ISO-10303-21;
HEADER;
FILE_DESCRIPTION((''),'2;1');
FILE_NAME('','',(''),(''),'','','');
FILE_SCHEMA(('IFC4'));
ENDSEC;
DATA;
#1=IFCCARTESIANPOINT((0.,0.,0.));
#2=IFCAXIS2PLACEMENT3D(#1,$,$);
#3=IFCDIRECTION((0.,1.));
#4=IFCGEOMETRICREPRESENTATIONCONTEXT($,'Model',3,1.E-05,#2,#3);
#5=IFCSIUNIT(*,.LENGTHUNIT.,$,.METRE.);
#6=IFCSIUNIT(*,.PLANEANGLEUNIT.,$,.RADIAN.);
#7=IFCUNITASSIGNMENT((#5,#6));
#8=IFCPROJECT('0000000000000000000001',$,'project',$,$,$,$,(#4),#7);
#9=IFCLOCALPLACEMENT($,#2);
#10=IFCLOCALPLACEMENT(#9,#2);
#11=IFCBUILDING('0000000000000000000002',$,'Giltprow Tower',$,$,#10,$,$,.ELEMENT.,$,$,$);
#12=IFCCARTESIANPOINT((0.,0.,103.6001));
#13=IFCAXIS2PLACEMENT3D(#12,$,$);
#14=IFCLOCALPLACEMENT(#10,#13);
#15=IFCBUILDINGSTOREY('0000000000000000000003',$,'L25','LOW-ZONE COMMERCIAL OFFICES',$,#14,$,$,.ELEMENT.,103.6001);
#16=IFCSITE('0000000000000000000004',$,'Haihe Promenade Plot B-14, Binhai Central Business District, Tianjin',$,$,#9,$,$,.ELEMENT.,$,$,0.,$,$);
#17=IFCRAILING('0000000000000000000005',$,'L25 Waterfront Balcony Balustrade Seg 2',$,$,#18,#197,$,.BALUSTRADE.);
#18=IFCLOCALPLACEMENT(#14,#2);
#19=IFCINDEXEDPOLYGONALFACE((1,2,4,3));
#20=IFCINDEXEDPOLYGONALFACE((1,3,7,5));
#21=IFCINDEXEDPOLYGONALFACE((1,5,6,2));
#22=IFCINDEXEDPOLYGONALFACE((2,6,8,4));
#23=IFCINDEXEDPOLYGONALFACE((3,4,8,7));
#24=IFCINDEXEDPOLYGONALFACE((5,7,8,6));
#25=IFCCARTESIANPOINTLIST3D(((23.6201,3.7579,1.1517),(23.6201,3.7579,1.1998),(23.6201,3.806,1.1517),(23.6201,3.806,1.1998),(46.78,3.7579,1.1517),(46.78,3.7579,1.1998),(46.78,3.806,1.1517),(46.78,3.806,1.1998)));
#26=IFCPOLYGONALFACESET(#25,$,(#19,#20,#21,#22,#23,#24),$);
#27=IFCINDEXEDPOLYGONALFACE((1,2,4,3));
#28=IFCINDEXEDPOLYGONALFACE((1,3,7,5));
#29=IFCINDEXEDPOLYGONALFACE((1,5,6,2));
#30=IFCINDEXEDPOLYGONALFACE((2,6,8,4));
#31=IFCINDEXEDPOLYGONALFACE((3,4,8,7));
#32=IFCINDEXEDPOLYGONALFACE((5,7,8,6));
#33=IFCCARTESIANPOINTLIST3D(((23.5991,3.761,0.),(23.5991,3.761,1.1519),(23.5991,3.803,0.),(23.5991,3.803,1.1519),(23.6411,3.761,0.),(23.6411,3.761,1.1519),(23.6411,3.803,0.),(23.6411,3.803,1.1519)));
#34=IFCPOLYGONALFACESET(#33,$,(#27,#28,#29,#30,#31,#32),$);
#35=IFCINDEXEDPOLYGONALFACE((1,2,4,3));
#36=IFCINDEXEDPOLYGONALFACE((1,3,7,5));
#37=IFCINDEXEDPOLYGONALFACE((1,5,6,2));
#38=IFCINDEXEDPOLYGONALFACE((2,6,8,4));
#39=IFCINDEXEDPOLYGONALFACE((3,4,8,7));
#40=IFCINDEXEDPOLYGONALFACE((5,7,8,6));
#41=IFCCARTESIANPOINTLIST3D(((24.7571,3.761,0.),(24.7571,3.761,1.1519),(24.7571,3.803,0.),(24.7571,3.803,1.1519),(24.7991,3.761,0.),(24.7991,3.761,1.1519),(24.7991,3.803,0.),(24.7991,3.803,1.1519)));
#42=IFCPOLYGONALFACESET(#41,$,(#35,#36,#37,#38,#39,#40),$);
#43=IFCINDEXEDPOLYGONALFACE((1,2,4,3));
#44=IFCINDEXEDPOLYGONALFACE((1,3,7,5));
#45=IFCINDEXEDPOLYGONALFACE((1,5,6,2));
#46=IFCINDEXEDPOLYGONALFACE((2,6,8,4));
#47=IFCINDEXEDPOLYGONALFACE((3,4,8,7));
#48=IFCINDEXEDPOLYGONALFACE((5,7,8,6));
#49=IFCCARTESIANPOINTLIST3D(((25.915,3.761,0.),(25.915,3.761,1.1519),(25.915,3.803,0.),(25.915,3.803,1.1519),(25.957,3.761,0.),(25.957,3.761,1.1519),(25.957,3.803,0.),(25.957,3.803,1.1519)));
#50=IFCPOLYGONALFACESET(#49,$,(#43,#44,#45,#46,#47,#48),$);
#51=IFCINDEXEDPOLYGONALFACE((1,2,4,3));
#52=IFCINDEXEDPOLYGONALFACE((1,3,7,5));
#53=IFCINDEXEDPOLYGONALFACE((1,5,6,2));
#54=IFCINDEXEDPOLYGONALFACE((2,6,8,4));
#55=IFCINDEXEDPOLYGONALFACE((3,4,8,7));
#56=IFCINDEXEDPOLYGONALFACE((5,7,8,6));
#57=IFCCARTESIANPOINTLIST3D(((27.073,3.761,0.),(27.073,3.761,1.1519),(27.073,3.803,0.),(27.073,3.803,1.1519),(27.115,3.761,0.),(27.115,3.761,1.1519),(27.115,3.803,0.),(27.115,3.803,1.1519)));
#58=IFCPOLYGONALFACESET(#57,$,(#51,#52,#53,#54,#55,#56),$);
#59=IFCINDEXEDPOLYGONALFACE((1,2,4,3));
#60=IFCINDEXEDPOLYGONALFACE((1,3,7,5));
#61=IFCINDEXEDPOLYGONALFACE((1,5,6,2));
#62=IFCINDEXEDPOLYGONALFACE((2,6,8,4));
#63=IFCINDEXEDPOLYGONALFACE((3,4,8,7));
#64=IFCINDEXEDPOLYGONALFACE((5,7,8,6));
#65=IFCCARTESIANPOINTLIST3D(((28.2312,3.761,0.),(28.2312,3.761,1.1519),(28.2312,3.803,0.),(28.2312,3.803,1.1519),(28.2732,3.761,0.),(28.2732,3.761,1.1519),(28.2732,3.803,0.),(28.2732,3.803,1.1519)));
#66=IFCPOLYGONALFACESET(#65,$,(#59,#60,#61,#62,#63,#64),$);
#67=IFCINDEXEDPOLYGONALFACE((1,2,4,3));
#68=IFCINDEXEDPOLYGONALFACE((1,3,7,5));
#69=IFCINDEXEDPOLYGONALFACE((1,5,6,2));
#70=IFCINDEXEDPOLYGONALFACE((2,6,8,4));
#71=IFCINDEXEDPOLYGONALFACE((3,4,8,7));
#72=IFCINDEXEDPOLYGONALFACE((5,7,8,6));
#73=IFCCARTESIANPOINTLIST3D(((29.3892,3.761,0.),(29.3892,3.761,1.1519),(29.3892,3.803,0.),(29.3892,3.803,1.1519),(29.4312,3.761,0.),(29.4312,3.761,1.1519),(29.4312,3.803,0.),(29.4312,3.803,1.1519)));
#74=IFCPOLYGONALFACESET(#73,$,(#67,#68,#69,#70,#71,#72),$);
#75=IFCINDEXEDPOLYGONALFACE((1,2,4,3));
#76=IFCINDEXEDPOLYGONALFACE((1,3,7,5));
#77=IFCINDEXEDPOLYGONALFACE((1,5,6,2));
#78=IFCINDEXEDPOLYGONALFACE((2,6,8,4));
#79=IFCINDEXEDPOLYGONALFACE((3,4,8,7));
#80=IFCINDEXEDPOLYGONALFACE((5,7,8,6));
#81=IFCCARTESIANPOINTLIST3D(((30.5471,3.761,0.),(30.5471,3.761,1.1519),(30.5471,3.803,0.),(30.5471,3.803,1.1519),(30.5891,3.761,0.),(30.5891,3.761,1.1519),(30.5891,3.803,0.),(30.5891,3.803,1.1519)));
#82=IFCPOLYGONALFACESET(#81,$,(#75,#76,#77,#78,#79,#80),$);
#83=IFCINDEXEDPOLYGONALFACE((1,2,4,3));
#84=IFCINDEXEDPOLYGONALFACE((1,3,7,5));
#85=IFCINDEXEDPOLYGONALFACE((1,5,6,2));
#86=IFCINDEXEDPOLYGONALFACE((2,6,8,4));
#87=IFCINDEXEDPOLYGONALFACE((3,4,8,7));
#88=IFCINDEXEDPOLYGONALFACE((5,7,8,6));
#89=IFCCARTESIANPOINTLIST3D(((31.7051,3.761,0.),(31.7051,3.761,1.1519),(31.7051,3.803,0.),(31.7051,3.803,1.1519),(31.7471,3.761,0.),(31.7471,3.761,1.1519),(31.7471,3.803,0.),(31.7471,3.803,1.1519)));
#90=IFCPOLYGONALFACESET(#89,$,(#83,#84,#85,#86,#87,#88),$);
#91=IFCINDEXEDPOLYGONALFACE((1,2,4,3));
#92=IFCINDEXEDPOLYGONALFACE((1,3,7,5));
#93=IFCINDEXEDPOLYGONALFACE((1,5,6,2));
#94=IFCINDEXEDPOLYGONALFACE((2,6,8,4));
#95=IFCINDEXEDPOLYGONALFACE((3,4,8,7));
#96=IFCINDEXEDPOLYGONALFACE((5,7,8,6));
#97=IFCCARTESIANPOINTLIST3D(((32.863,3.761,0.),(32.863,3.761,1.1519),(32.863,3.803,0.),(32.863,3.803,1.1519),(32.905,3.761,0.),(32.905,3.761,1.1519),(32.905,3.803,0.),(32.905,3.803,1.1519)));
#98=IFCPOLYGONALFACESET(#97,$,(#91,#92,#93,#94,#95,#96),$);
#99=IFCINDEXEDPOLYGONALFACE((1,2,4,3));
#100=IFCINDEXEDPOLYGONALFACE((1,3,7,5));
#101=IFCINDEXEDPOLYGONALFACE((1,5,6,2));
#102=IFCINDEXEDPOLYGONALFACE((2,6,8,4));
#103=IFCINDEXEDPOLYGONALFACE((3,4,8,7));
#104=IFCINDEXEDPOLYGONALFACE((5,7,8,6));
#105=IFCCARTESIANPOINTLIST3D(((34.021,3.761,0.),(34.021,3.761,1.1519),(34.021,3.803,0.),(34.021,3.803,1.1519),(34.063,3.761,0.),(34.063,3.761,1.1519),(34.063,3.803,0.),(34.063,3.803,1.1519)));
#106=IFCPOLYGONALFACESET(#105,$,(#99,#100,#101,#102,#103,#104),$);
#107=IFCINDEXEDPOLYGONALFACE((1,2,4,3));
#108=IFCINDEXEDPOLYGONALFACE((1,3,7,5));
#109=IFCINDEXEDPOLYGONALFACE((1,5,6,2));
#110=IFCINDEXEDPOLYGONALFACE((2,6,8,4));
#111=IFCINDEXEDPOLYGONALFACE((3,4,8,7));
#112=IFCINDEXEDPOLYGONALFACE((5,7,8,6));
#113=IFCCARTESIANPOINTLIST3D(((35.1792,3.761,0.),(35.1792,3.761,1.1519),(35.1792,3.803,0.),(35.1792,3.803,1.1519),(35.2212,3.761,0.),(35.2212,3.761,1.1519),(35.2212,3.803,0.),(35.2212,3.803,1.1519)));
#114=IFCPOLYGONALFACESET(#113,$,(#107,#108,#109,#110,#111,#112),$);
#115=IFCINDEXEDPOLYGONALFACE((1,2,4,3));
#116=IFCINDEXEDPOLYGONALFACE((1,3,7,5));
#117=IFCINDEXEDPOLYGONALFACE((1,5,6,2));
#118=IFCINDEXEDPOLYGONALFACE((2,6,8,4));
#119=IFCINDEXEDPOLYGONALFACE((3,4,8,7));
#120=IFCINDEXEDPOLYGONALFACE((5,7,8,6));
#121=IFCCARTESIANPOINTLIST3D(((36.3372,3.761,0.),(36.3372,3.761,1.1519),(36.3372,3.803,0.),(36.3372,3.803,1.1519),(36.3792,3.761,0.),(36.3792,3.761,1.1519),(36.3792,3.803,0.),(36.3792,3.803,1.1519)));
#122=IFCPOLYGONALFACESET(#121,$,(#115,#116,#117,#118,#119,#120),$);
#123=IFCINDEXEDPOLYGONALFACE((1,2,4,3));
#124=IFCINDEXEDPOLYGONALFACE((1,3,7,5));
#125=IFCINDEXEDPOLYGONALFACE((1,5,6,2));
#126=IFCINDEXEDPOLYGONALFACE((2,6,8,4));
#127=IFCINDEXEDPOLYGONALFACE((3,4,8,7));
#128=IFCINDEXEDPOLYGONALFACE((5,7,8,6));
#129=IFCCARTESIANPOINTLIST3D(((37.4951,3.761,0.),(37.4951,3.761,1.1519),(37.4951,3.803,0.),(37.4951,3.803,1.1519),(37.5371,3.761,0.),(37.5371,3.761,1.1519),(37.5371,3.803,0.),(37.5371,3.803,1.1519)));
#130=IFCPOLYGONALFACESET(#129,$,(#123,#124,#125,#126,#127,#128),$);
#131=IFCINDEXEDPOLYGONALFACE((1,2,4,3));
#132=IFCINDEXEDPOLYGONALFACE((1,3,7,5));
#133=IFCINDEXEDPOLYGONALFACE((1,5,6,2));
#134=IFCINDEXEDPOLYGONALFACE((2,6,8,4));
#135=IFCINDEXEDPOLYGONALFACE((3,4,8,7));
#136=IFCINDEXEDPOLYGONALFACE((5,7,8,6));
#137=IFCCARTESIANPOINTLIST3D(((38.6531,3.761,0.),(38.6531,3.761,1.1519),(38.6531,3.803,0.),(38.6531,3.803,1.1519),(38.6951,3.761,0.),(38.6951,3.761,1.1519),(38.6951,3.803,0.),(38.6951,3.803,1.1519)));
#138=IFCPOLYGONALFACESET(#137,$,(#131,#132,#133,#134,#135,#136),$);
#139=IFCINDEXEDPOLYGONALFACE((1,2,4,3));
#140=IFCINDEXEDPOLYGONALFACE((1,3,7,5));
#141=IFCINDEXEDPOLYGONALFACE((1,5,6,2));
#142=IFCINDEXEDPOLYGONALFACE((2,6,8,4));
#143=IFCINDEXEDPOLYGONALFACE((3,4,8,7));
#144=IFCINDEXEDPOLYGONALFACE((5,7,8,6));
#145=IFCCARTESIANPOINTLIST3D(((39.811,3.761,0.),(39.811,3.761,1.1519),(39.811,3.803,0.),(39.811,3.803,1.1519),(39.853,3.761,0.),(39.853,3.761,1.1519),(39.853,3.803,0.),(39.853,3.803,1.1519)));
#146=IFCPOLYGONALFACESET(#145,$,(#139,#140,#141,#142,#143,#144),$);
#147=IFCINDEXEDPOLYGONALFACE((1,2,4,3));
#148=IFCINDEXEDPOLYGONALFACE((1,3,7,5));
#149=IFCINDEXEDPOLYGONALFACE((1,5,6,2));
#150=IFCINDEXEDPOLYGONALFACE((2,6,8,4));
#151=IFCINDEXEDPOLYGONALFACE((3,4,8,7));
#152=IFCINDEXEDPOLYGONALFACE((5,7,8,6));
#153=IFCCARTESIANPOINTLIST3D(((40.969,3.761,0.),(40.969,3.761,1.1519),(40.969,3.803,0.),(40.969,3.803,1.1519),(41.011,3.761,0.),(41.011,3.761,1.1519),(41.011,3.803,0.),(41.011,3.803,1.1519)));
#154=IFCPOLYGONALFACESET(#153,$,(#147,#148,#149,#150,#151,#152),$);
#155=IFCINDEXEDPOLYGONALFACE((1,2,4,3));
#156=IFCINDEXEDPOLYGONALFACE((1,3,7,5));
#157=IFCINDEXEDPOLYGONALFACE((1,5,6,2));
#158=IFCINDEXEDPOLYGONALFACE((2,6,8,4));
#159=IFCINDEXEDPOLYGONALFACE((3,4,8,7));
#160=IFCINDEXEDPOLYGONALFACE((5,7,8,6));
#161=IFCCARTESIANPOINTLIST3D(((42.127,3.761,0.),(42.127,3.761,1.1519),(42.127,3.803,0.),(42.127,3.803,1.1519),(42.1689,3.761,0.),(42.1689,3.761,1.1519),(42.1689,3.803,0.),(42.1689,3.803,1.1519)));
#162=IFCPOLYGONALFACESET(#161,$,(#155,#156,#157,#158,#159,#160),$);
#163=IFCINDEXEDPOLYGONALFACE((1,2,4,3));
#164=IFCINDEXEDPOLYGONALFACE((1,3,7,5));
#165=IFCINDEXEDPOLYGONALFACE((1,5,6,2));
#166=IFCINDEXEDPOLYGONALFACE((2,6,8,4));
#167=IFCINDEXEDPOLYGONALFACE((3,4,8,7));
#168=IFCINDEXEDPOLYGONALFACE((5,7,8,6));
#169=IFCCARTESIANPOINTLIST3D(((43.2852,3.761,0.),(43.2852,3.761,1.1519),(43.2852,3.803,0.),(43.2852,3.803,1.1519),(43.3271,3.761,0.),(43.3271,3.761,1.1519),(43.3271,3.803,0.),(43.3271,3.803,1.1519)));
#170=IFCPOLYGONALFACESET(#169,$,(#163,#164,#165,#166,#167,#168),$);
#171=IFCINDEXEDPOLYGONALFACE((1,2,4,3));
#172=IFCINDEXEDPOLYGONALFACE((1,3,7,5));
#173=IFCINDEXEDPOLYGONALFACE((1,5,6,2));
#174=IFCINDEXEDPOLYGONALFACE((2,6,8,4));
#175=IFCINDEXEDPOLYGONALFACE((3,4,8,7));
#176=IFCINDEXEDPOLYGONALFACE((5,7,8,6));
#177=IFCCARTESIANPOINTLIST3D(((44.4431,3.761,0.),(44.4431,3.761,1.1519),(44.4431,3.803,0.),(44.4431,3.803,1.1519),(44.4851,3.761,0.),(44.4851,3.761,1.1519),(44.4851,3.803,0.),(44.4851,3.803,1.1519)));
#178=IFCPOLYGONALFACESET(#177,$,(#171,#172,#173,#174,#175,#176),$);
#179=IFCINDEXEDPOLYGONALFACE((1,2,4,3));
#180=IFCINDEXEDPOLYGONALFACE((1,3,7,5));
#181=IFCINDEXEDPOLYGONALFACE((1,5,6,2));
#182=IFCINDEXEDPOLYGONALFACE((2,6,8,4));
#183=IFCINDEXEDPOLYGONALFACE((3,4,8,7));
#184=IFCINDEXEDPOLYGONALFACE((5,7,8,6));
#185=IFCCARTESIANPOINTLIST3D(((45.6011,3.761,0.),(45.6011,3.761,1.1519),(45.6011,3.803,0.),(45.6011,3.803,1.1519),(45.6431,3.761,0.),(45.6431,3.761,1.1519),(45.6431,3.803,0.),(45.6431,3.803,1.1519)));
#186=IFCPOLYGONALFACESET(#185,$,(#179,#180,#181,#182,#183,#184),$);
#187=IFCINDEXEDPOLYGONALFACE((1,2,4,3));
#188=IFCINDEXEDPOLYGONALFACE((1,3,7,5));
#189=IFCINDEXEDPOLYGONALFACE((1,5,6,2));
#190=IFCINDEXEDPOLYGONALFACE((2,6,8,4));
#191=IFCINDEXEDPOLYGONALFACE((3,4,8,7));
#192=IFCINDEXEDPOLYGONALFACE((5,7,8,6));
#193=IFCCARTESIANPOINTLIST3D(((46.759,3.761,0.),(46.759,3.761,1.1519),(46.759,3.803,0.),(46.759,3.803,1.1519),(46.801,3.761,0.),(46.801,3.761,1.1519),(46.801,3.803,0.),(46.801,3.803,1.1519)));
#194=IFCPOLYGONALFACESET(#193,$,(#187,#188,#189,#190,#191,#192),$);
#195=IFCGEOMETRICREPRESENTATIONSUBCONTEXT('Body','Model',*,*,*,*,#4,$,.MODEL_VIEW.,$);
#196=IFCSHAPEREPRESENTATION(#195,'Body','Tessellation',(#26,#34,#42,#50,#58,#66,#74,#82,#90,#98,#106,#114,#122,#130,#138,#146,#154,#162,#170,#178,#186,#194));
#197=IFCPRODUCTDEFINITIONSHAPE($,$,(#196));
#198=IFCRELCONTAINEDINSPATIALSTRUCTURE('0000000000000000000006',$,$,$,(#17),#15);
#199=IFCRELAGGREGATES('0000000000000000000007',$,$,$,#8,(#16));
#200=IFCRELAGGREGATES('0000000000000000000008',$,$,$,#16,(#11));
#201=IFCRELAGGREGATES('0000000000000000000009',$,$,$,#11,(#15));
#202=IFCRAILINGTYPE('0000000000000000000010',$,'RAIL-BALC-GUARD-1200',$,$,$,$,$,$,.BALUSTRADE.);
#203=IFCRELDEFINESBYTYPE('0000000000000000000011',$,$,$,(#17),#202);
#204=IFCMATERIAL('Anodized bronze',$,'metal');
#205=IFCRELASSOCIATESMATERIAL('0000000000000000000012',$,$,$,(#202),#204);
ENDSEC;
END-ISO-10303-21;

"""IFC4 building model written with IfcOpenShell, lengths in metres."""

from ifc_helpers import new_model, si_unit, direction, frame, origin, origin_2d, place, context, subcontext, project, spatial, rectangle, extrude, material, type_object, element, save


model = new_model("IFC4")

# Units and contexts
model_context = context("Model", 3, precision=1e-05, world=origin(), true_north=direction((0.0, 1.0)))
body_context = subcontext(model_context, "Body", "Model", "MODEL_VIEW")
ifc_project = project(units=[si_unit("LENGTHUNIT", "METRE"), si_unit("PLANEANGLEUNIT", "RADIAN")], contexts=[model_context])

# Site, building, storey
site_placement = place(None, origin())
site = spatial("IfcSite", under=ifc_project, at=site_placement, Name="Haihe Promenade Plot B-14, Binhai Central Business District, Tianjin", CompositionType="ELEMENT", RefElevation=0.0)
building_placement = place(site_placement, origin())
building = spatial("IfcBuilding", under=site, at=building_placement, Name="Giltprow Tower", CompositionType="ELEMENT")
storey_placement = place(building_placement, frame((0.0, 0.0, 103.6001)))
storey = spatial("IfcBuildingStorey", under=building, at=storey_placement, Name="L25", Description="LOW-ZONE COMMERCIAL OFFICES", CompositionType="ELEMENT", Elevation=103.6001)

# Railing
ifc_material_1 = material(Name="Anodized bronze", Category="metal")
railing_type = type_object("IfcRailingType", Name="RAIL-BALC-GUARD-1200", PredefinedType="BALUSTRADE", material=ifc_material_1)
railing_1_placement = place(storey_placement, frame((23.6201, 3.782, 0.0)))
element("IfcRailing", 1, at=railing_1_placement, inside=storey, type_object=railing_type, Name="L25 Waterfront Balcony Balustrade Seg 2", PredefinedType="BALUSTRADE", context=body_context, shape_type="SweptSolid", body=[
    extrude(rectangle(XDim=0.0481, YDim=0.0481, at=origin_2d()), frame((0.0, 0.0, 1.1758), z_axis=(1.0, 0.0, 0.0), x_axis=(0.0, 1.0, 0.0)), (0.0, 0.0, 1.0), 23.1599),
    extrude(rectangle(XDim=0.042, YDim=0.042, at=origin_2d()), origin(), (0.0, 0.0, 1.0), 1.1519),
    extrude(rectangle(XDim=0.042, YDim=0.042, at=origin_2d()), frame((1.158, 0.0, 0.0)), (0.0, 0.0, 1.0), 1.1519),
    extrude(rectangle(XDim=0.042, YDim=0.042, at=origin_2d()), frame((2.3159, 0.0, 0.0)), (0.0, 0.0, 1.0), 1.1519),
    extrude(rectangle(XDim=0.042, YDim=0.042, at=origin_2d()), frame((3.4739, 0.0, 0.0)), (0.0, 0.0, 1.0), 1.1519),
    extrude(rectangle(XDim=0.042, YDim=0.042, at=origin_2d()), frame((4.6321, 0.0, 0.0)), (0.0, 0.0, 1.0), 1.1519),
    extrude(rectangle(XDim=0.042, YDim=0.042, at=origin_2d()), frame((5.79, 0.0, 0.0)), (0.0, 0.0, 1.0), 1.1519),
    extrude(rectangle(XDim=0.042, YDim=0.042, at=origin_2d()), frame((6.948, 0.0, 0.0)), (0.0, 0.0, 1.0), 1.1519),
    extrude(rectangle(XDim=0.042, YDim=0.042, at=origin_2d()), frame((8.106, 0.0, 0.0)), (0.0, 0.0, 1.0), 1.1519),
    extrude(rectangle(XDim=0.042, YDim=0.042, at=origin_2d()), frame((9.2639, 0.0, 0.0)), (0.0, 0.0, 1.0), 1.1519),
    extrude(rectangle(XDim=0.042, YDim=0.042, at=origin_2d()), frame((10.4219, 0.0, 0.0)), (0.0, 0.0, 1.0), 1.1519),
    extrude(rectangle(XDim=0.042, YDim=0.042, at=origin_2d()), frame((11.5801, 0.0, 0.0)), (0.0, 0.0, 1.0), 1.1519),
    extrude(rectangle(XDim=0.042, YDim=0.042, at=origin_2d()), frame((12.738, 0.0, 0.0)), (0.0, 0.0, 1.0), 1.1519),
    extrude(rectangle(XDim=0.042, YDim=0.042, at=origin_2d()), frame((13.896, 0.0, 0.0)), (0.0, 0.0, 1.0), 1.1519),
    extrude(rectangle(XDim=0.042, YDim=0.042, at=origin_2d()), frame((15.054, 0.0, 0.0)), (0.0, 0.0, 1.0), 1.1519),
    extrude(rectangle(XDim=0.042, YDim=0.042, at=origin_2d()), frame((16.2119, 0.0, 0.0)), (0.0, 0.0, 1.0), 1.1519),
    extrude(rectangle(XDim=0.042, YDim=0.042, at=origin_2d()), frame((17.3699, 0.0, 0.0)), (0.0, 0.0, 1.0), 1.1519),
    extrude(rectangle(XDim=0.042, YDim=0.042, at=origin_2d()), frame((18.5278, 0.0, 0.0)), (0.0, 0.0, 1.0), 1.1519),
    extrude(rectangle(XDim=0.042, YDim=0.042, at=origin_2d()), frame((19.686, 0.0, 0.0)), (0.0, 0.0, 1.0), 1.1519),
    extrude(rectangle(XDim=0.042, YDim=0.042, at=origin_2d()), frame((20.844, 0.0, 0.0)), (0.0, 0.0, 1.0), 1.1519),
    extrude(rectangle(XDim=0.042, YDim=0.042, at=origin_2d()), frame((22.002, 0.0, 0.0)), (0.0, 0.0, 1.0), 1.1519),
    extrude(rectangle(XDim=0.042, YDim=0.042, at=origin_2d()), frame((23.1599, 0.0, 0.0)), (0.0, 0.0, 1.0), 1.1519),
])

save(model, "model.ifc")
